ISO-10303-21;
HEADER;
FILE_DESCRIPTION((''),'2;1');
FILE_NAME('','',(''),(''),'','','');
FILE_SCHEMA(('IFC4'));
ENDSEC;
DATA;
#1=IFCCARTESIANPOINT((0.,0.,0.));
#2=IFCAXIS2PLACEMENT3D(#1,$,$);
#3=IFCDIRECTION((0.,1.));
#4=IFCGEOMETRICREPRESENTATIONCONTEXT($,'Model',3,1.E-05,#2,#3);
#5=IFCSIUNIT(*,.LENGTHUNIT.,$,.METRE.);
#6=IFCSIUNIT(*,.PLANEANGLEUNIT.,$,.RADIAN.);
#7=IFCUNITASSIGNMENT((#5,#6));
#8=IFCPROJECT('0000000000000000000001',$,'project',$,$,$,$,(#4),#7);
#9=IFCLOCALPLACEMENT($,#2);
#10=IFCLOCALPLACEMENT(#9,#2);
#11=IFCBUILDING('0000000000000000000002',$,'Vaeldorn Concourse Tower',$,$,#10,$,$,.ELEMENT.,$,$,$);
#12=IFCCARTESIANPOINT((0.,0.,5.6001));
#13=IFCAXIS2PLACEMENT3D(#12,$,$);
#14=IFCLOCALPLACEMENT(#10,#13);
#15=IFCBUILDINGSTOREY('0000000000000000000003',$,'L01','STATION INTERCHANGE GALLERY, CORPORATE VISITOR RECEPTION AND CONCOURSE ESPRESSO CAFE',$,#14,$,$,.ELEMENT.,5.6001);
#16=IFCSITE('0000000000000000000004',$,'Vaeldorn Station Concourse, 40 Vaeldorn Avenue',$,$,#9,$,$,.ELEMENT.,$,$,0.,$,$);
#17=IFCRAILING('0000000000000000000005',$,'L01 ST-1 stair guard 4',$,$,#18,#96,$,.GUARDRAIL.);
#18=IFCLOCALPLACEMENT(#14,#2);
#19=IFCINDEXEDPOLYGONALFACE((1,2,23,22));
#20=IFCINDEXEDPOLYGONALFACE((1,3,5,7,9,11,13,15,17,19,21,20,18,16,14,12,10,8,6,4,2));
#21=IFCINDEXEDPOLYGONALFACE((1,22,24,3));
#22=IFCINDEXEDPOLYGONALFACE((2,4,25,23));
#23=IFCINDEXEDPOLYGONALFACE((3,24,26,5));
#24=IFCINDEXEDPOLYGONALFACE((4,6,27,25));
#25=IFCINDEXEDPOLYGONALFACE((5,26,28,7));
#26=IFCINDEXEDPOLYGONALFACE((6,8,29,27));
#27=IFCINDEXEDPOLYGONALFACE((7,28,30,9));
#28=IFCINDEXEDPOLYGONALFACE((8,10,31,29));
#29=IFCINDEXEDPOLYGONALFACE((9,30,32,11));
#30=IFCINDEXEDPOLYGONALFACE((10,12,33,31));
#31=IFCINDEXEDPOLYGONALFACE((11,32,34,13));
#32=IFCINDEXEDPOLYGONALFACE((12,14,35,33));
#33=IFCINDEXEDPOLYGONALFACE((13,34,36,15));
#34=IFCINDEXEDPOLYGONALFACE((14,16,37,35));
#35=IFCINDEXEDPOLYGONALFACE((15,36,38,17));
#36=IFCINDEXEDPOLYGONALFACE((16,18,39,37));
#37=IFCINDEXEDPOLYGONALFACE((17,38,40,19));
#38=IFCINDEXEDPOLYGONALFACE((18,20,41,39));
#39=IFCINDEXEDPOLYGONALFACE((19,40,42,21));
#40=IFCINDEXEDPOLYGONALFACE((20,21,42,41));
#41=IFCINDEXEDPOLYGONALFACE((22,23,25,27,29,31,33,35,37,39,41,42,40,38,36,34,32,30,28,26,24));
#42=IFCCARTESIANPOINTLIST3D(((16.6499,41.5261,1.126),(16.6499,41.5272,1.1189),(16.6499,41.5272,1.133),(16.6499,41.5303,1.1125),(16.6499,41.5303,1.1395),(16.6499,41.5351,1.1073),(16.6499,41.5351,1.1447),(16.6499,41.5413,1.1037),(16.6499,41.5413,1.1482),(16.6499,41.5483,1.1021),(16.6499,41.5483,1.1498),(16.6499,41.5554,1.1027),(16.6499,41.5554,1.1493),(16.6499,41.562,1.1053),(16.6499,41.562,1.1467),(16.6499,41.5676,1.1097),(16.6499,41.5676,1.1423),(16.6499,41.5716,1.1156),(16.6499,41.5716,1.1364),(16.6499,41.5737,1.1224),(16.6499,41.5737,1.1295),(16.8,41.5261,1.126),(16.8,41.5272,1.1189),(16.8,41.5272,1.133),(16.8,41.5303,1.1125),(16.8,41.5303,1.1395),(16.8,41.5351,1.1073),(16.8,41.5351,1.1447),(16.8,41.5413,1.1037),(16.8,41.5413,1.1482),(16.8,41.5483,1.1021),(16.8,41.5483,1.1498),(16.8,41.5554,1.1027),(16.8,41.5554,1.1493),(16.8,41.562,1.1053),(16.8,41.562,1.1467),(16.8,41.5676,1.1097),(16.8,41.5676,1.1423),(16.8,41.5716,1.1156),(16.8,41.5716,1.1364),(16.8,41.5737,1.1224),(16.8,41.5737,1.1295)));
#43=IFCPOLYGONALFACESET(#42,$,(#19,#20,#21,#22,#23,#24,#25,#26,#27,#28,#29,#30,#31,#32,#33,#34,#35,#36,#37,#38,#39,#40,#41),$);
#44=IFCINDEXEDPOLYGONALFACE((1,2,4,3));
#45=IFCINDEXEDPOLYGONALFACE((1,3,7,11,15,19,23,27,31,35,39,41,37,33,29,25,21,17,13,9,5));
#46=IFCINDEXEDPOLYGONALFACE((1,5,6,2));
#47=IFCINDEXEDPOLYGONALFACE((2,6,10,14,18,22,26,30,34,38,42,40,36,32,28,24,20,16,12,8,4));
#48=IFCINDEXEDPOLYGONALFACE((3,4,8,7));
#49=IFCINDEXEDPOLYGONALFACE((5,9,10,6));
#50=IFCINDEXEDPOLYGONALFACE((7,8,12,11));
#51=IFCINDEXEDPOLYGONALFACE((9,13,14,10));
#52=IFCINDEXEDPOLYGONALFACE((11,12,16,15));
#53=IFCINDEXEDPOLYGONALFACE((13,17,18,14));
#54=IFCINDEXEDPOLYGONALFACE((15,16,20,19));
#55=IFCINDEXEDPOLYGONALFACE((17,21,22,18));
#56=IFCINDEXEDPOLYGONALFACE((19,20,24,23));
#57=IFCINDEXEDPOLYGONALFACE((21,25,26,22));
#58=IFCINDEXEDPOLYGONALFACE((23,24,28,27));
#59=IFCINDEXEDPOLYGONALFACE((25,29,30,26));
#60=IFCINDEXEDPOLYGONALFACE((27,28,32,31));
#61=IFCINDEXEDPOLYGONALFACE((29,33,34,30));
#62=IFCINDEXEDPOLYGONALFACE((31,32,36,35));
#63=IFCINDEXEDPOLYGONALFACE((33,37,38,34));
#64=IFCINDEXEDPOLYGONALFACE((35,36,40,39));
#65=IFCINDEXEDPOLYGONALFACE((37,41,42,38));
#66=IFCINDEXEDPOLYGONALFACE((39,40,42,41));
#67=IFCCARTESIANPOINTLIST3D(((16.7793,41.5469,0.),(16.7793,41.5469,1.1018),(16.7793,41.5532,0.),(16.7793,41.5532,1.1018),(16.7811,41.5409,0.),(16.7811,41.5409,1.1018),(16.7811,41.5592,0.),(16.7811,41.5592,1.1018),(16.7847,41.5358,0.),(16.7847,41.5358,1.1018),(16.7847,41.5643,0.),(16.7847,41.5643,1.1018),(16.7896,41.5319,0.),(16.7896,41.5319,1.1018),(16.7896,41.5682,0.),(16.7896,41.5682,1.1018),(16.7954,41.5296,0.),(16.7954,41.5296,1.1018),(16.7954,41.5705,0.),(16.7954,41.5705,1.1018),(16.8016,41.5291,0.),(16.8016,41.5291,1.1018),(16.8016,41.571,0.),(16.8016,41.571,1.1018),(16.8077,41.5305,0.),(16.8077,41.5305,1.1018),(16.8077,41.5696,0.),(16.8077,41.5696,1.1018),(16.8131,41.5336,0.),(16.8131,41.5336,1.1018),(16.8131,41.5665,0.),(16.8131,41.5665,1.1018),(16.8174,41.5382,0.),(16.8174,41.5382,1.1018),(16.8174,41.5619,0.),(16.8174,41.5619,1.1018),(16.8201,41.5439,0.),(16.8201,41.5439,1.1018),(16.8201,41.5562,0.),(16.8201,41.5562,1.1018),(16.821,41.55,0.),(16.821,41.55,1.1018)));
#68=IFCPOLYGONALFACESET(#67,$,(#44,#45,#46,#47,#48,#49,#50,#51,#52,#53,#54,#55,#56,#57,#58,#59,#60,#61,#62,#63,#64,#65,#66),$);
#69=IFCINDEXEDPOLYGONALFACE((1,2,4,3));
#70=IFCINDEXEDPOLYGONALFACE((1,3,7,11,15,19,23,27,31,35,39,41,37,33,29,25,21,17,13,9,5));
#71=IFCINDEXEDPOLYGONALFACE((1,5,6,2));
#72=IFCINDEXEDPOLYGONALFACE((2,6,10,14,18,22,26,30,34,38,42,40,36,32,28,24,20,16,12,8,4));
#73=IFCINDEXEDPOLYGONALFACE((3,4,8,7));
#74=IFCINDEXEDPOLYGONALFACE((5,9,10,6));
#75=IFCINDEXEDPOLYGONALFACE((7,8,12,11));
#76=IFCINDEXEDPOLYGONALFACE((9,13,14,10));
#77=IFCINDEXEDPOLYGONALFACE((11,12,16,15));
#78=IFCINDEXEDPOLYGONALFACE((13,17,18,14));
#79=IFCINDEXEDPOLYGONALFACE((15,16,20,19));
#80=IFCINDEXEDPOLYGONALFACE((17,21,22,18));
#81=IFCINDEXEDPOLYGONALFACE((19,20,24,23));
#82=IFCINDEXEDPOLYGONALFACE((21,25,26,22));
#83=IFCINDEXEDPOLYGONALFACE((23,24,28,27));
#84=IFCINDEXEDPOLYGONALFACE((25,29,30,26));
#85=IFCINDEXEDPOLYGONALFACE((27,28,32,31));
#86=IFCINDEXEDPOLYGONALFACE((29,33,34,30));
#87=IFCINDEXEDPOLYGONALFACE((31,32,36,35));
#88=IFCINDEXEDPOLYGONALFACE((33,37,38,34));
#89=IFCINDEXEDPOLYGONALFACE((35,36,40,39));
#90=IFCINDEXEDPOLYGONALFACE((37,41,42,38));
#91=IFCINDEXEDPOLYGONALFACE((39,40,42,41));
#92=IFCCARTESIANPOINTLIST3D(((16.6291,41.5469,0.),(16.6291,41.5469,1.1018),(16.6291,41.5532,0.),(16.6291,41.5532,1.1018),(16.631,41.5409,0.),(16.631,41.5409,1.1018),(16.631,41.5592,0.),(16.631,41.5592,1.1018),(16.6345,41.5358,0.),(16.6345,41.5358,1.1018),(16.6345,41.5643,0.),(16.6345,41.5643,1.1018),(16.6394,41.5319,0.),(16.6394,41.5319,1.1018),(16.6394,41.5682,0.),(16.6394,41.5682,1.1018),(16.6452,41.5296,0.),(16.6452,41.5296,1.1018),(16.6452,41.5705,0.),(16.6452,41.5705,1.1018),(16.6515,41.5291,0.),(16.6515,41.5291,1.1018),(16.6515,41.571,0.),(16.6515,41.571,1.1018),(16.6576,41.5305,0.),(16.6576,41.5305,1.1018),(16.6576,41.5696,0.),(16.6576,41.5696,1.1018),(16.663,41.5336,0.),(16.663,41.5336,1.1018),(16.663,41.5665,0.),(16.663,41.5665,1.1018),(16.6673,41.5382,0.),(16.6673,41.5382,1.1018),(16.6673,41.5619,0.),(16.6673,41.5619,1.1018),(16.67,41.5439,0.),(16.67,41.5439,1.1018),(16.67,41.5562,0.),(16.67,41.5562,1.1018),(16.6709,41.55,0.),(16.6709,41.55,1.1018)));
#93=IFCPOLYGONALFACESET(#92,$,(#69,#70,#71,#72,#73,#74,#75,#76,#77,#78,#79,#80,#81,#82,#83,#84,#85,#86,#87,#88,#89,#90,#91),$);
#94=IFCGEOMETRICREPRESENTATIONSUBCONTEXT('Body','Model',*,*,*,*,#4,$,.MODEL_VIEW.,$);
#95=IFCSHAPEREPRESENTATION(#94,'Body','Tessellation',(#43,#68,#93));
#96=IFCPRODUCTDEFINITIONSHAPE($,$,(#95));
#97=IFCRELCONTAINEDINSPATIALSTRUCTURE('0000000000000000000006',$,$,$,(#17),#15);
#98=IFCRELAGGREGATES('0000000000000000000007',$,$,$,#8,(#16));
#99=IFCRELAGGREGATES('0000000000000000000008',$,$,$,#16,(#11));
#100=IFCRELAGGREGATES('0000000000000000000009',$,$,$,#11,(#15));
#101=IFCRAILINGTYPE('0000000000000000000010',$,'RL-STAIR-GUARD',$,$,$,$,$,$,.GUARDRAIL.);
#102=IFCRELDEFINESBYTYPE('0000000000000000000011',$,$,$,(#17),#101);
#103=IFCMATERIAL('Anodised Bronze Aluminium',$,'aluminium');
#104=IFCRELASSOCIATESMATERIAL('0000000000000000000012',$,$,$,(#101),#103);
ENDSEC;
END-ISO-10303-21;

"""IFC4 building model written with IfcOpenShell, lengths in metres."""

from ifc_helpers import new_model, si_unit, direction, frame, origin, origin_2d, place, context, subcontext, project, spatial, circle, extrude, material, type_object, element, save


model = new_model("IFC4")

# Units and contexts
model_context = context("Model", 3, precision=1e-05, world=origin(), true_north=direction((0.0, 1.0)))
body_context = subcontext(model_context, "Body", "Model", "MODEL_VIEW")
ifc_project = project(units=[si_unit("LENGTHUNIT", "METRE"), si_unit("PLANEANGLEUNIT", "RADIAN")], contexts=[model_context])

# Site, building, storey
site_placement = place(None, origin())
site = spatial("IfcSite", under=ifc_project, at=site_placement, Name="Vaeldorn Station Concourse, 40 Vaeldorn Avenue", CompositionType="ELEMENT", RefElevation=0.0)
building_placement = place(site_placement, origin())
building = spatial("IfcBuilding", under=site, at=building_placement, Name="Vaeldorn Concourse Tower", CompositionType="ELEMENT")
storey_placement = place(building_placement, frame((0.0, 0.0, 5.6001)))
storey = spatial("IfcBuildingStorey", under=building, at=storey_placement, Name="L01", Description="STATION INTERCHANGE GALLERY, CORPORATE VISITOR RECEPTION AND CONCOURSE ESPRESSO CAFE", CompositionType="ELEMENT", Elevation=5.6001)

# Shared definitions
ifc_material_1 = material(Name="Anodised Bronze Aluminium", Category="aluminium")

# Railing
railing_type_1 = type_object("IfcRailingType", Name="RL-STAIR-GUARD", PredefinedType="GUARDRAIL", material=ifc_material_1)
railing_1_placement = place(storey_placement, frame((16.8, 41.55, 0.0)))
element("IfcRailing", 1, at=railing_1_placement, inside=storey, type_object=railing_type_1, Name="L01 ST-1 stair guard 4", PredefinedType="GUARDRAIL", context=body_context, shape_type="SweptSolid", body=[
    extrude(circle(Radius=0.0239, at=origin_2d()), frame((0.0, 0.0, 1.126), z_axis=(-1.0, 0.0, 0.0), x_axis=(0.0, -1.0, 0.0)), (0.0, 0.0, 1.0), 0.1501),
    extrude(circle(Radius=0.021, at=origin_2d()), origin(), (0.0, 0.0, 1.0), 1.1018),
    extrude(circle(Radius=0.021, at=origin_2d()), frame((-0.1501, 0.0, 0.0)), (0.0, 0.0, 1.0), 1.1018),
])

save(model, "model.ifc")
